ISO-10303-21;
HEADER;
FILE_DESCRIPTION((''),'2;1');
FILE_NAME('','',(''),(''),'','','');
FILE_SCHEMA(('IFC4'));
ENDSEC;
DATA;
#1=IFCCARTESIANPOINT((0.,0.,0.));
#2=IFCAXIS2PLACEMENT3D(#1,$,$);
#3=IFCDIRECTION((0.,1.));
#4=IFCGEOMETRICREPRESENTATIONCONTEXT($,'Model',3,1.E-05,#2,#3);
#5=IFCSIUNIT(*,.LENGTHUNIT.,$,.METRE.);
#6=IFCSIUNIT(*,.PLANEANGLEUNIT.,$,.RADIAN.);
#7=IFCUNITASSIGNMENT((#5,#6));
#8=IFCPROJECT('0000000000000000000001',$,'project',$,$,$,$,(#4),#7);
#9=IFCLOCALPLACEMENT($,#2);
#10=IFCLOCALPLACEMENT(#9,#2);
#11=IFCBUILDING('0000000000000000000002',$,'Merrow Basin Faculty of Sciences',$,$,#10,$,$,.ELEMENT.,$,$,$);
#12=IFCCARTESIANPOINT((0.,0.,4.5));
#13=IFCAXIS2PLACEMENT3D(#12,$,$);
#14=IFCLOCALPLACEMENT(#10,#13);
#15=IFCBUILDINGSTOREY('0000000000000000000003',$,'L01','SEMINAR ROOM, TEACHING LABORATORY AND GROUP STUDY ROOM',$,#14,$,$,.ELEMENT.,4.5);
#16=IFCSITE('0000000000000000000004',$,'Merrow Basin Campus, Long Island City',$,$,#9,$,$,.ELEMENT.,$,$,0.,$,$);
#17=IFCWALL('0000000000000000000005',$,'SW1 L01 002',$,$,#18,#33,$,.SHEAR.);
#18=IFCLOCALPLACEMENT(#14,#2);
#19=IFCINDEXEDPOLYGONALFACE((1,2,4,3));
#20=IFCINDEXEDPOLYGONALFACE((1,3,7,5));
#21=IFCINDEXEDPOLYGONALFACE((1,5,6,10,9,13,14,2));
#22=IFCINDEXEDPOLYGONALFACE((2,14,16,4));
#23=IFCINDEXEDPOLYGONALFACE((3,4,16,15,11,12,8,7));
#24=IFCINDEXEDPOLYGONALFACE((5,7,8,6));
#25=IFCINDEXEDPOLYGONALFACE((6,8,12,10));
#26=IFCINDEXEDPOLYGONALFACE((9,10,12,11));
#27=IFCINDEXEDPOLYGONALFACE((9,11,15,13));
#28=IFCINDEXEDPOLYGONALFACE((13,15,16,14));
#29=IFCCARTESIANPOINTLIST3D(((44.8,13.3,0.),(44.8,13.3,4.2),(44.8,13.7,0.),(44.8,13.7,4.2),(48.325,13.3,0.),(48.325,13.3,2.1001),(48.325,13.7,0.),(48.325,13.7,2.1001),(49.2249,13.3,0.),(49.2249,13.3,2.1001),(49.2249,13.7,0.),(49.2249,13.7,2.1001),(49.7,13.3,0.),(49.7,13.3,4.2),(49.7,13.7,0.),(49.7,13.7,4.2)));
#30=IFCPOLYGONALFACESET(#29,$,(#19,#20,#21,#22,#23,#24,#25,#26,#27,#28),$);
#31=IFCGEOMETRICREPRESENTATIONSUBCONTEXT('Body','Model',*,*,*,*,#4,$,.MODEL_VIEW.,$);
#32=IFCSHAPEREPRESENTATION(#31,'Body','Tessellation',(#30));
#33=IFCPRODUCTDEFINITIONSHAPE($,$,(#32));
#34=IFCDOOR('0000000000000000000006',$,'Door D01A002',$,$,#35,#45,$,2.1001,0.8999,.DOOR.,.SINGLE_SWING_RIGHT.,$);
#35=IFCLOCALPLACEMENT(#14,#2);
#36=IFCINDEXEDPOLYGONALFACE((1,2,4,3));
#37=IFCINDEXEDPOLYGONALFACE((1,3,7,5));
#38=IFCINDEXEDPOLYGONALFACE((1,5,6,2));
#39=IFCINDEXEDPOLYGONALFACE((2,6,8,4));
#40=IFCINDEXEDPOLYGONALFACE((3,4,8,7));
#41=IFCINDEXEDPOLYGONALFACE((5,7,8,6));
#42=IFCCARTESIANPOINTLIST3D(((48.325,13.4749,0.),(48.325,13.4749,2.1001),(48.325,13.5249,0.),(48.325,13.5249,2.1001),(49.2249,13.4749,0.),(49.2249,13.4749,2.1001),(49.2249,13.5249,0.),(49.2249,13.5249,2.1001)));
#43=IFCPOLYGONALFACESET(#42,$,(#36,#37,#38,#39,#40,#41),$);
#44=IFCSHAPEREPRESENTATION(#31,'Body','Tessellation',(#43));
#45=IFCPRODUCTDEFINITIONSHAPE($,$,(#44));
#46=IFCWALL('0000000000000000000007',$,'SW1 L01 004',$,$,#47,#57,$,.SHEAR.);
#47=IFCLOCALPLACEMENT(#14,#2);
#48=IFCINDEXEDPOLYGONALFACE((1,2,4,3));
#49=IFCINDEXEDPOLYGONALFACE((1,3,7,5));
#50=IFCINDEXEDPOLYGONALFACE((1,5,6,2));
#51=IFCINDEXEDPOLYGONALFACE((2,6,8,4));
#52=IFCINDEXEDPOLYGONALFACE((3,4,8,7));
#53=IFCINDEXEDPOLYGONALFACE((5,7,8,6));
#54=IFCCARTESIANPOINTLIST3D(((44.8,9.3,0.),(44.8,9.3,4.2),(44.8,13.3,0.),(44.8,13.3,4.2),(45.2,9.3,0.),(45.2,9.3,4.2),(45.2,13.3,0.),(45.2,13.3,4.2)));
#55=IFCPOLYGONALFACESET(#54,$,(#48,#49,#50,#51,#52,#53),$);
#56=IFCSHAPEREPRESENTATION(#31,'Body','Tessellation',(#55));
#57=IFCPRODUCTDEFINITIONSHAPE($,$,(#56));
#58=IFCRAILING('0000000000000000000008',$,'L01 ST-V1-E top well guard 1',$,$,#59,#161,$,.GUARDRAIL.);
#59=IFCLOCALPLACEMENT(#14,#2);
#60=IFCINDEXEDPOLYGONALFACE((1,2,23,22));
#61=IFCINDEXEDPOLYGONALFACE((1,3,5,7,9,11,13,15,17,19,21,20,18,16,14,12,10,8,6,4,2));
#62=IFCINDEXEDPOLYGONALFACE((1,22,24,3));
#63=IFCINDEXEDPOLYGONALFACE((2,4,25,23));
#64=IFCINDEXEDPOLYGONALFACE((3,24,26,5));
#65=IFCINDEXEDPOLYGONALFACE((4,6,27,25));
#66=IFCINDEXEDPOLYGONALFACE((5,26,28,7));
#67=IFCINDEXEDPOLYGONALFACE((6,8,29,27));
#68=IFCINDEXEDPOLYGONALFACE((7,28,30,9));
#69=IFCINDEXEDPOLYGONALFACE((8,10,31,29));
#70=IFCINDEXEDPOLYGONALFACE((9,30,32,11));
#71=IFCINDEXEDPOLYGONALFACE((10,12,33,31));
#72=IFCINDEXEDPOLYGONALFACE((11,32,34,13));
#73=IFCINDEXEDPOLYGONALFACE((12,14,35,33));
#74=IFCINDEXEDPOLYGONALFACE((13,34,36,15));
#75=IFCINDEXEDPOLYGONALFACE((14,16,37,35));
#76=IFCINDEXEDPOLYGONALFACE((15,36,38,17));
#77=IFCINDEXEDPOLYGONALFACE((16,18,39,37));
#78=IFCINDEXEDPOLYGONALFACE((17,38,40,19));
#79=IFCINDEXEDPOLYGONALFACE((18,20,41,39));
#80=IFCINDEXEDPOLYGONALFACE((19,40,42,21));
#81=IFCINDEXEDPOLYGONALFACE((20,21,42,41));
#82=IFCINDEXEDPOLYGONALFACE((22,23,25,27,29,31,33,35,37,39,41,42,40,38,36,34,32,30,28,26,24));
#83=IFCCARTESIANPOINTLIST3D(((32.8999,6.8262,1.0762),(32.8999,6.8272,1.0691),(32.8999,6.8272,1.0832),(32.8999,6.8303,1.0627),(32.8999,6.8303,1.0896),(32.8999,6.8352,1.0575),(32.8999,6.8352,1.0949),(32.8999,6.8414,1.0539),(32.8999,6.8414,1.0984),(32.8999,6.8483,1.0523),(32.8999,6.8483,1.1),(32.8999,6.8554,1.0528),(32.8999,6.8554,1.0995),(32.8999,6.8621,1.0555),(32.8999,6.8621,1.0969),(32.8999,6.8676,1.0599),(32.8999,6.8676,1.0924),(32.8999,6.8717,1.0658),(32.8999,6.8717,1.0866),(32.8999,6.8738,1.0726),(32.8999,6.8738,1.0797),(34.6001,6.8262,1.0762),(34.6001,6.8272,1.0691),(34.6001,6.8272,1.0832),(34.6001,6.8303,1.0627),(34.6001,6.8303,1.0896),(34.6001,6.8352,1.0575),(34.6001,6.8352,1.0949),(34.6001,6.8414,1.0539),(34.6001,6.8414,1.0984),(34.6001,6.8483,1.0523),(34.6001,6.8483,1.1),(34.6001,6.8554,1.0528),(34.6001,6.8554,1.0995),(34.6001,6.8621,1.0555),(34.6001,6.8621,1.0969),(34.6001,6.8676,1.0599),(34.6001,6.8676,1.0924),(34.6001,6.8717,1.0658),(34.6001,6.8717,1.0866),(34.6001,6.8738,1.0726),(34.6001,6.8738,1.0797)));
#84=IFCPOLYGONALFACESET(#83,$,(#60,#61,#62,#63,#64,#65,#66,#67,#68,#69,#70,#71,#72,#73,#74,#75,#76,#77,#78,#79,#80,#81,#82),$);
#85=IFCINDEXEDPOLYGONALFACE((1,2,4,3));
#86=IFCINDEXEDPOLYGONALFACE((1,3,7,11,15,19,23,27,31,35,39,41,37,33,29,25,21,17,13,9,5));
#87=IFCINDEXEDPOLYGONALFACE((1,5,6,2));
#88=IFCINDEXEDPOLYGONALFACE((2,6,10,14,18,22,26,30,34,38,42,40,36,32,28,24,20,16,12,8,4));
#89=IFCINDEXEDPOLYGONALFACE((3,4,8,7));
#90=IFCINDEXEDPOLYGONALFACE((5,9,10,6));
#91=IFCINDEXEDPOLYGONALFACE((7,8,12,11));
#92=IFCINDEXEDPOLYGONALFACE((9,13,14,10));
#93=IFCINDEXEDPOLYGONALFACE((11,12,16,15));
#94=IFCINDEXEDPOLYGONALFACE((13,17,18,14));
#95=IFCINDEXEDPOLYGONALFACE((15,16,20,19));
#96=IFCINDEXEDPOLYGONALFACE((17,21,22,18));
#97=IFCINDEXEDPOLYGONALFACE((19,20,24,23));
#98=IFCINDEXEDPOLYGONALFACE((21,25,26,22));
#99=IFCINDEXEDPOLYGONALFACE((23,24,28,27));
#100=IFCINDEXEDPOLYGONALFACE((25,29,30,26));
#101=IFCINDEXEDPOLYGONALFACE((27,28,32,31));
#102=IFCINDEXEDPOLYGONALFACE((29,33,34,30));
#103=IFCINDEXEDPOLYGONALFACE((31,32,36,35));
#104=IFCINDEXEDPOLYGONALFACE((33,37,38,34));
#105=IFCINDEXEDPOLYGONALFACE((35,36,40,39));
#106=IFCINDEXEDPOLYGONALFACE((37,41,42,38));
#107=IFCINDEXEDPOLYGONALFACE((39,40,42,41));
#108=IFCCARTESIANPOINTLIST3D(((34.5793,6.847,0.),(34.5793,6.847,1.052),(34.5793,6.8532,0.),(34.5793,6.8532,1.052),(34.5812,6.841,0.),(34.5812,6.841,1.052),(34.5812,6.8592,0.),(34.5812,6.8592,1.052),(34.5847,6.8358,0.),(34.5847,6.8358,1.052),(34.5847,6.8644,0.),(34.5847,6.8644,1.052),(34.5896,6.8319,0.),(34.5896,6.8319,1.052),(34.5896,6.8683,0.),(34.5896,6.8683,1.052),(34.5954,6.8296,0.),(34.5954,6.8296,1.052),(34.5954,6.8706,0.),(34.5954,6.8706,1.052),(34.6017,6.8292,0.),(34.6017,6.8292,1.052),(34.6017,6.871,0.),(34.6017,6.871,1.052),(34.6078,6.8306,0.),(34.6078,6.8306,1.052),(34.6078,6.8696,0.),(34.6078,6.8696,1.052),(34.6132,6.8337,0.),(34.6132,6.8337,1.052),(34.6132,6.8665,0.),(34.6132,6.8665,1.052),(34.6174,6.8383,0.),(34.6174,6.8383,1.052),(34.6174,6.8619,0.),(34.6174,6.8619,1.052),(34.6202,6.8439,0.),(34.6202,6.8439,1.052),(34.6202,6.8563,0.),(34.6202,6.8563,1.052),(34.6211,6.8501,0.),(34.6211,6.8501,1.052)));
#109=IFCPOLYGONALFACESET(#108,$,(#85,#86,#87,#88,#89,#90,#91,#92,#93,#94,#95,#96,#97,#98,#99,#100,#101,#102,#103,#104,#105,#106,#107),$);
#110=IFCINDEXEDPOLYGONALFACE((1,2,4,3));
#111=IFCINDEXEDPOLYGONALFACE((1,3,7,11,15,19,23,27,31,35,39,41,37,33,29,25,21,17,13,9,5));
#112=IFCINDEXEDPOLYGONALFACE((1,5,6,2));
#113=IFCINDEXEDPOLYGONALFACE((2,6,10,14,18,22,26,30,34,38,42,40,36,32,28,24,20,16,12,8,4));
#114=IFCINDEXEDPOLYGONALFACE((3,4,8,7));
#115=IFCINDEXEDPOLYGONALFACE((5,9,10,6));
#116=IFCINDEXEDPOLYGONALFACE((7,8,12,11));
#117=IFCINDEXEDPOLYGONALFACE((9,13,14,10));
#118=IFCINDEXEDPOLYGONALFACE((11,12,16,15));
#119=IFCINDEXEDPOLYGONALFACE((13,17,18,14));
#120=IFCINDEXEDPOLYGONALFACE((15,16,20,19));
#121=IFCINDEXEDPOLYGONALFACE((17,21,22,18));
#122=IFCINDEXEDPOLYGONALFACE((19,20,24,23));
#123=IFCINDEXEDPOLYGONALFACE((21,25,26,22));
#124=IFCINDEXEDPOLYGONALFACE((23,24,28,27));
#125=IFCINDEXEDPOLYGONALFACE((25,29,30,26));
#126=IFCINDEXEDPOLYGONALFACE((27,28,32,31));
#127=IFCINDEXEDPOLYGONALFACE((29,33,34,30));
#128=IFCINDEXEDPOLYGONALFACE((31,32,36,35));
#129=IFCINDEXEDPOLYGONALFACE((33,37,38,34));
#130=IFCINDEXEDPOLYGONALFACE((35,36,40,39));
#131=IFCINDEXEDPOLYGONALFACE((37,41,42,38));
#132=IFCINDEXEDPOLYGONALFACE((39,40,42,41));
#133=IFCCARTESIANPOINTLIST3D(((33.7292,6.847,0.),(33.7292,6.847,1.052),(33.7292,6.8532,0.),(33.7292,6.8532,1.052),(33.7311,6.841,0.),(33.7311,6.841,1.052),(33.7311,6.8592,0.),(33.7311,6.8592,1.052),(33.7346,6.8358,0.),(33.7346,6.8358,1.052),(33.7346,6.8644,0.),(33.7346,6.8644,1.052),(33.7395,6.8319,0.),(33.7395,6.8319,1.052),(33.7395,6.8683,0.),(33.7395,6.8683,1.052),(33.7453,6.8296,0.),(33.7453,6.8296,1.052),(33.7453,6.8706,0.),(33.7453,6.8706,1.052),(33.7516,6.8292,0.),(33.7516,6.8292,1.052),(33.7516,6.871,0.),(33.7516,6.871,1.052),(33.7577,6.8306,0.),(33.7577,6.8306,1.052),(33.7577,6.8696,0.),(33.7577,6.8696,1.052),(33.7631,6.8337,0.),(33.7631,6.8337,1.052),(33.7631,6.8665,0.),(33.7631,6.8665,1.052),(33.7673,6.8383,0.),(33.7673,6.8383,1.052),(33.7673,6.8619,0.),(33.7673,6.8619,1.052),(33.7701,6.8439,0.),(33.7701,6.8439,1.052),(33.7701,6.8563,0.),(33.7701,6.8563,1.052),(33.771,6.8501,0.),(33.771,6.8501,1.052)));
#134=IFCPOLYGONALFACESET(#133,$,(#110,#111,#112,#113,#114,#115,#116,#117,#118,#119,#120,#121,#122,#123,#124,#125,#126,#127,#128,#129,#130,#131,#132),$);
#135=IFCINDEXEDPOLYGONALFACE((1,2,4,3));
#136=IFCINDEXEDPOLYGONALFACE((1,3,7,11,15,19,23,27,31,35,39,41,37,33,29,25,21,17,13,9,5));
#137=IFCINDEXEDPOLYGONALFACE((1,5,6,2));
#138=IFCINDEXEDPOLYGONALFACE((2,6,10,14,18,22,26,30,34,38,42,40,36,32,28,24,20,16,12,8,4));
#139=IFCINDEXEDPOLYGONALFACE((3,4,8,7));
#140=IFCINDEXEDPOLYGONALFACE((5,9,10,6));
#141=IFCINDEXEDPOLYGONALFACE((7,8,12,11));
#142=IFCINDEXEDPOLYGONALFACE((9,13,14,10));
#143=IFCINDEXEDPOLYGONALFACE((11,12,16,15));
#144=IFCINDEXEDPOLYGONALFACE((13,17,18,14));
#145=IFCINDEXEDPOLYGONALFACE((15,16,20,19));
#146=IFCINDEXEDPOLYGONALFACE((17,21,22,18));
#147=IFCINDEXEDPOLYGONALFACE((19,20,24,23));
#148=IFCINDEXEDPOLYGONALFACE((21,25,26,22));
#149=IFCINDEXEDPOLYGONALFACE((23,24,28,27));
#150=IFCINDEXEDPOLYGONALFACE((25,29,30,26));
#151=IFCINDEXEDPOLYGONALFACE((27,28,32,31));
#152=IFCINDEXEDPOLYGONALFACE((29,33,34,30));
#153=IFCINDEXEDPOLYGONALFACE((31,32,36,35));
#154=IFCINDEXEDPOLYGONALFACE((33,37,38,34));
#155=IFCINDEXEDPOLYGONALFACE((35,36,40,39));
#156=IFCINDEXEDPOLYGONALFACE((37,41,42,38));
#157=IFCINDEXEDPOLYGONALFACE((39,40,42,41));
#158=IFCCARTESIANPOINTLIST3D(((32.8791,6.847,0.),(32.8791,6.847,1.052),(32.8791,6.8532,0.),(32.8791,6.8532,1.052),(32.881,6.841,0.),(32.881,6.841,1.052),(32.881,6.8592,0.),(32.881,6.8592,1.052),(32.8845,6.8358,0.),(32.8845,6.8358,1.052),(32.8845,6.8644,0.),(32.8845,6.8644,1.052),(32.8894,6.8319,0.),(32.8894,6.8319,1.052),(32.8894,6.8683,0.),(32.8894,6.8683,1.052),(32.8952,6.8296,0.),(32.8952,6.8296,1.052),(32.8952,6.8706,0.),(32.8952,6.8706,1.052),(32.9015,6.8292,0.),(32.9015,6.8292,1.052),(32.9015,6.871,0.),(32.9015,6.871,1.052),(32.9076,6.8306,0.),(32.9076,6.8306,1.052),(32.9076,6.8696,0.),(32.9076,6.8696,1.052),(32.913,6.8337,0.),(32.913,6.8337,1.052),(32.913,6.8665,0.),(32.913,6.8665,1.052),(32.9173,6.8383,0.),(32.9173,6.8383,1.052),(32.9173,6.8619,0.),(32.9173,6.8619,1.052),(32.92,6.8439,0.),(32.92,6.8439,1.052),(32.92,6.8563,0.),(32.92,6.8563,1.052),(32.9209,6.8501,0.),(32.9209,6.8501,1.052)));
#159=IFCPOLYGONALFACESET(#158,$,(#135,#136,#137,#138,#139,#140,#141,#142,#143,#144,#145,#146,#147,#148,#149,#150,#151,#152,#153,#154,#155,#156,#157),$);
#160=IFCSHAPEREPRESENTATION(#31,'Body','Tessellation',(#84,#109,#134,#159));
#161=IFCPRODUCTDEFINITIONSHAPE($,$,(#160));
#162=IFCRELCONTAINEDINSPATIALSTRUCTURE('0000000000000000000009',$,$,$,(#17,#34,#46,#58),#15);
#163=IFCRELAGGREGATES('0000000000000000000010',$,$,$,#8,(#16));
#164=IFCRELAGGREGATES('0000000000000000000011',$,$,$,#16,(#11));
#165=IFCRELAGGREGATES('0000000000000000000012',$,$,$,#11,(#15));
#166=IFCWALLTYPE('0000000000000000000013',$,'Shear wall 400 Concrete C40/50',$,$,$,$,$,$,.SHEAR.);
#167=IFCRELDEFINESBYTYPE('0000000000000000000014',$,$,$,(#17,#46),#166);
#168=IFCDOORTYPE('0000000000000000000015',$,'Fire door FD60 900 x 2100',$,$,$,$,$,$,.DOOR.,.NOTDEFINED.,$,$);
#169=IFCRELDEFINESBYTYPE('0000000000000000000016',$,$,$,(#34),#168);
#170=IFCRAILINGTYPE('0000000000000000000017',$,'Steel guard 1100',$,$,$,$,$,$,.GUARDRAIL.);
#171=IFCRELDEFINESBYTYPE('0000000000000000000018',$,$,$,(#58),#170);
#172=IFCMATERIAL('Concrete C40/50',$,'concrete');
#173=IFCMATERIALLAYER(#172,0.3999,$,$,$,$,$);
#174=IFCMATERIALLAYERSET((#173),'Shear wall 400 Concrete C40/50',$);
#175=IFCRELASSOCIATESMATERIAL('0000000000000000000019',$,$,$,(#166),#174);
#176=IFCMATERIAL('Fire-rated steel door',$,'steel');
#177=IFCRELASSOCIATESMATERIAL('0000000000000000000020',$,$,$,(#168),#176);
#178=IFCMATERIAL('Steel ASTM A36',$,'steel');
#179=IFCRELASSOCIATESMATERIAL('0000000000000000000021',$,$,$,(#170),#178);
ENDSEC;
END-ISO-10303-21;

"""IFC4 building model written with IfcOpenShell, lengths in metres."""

from ifc_helpers import new_model, si_unit, direction, frame, frame_2d, origin, origin_2d, place, context, subcontext, project, spatial, rectangle, circle, extrude, material, layer, layer_set, type_object, element, fill, save


model = new_model("IFC4")

# Units and contexts
model_context = context("Model", 3, precision=1e-05, world=origin(), true_north=direction((0.0, 1.0)))
body_context = subcontext(model_context, "Body", "Model", "MODEL_VIEW")
ifc_project = project(units=[si_unit("LENGTHUNIT", "METRE"), si_unit("PLANEANGLEUNIT", "RADIAN")], contexts=[model_context])

# Site, building, storey
site_placement = place(None, origin())
site = spatial("IfcSite", under=ifc_project, at=site_placement, Name="Merrow Basin Campus, Long Island City", CompositionType="ELEMENT", RefElevation=0.0)
building_placement = place(site_placement, origin())
building = spatial("IfcBuilding", under=site, at=building_placement, Name="Merrow Basin Faculty of Sciences", CompositionType="ELEMENT")
storey_placement = place(building_placement, frame((0.0, 0.0, 4.5)))
storey = spatial("IfcBuildingStorey", under=building, at=storey_placement, Name="L01", Description="SEMINAR ROOM, TEACHING LABORATORY AND GROUP STUDY ROOM", CompositionType="ELEMENT", Elevation=4.5)

# Shared definitions
ifc_material_1 = material(Name="Concrete C40/50", Category="concrete")
ifc_layer_1 = layer(ifc_material_1, 0.3999)
ifc_layer_set_1 = layer_set([ifc_layer_1], Name="Shear wall 400 Concrete C40/50")
wall_type_1 = type_object("IfcWallType", Name="Shear wall 400 Concrete C40/50", PredefinedType="SHEAR", material=ifc_layer_set_1)

# Wall, opening, door
wall_1_placement = place(storey_placement, frame((44.8, 13.5, 0.0), z_axis=(0.0, 0.0, 1.0), x_axis=(1.0, 0.0, 0.0)))
wall_1 = element("IfcWall", 1, at=wall_1_placement, inside=storey, type_object=wall_type_1, Name="SW1 L01 002", PredefinedType="SHEAR", context=body_context, shape_type="SweptSolid", body=[
    extrude(rectangle(XDim=4.8999, YDim=0.3999, at=frame_2d((2.45, 0.0))), origin(), (0.0, 0.0, 1.0), 4.2),
])
opening_1_placement = place(wall_1_placement, frame((3.5249, 0.0, 0.0)))
opening_1 = element("IfcOpeningElement", 2, at=opening_1_placement, cuts=wall_1, PredefinedType="OPENING", context=body_context, shape_type="SweptSolid", body=[
    extrude(rectangle(XDim=0.8999, YDim=2.1001, at=frame_2d((0.45, 1.05))), frame((0.0, 0.21, 0.0), z_axis=(0.0, -1.0, 0.0), x_axis=(1.0, 0.0, 0.0)), (0.0, 0.0, 1.0), 0.4199),
])
ifc_material_2 = material(Name="Fire-rated steel door", Category="steel")
door_type_1 = type_object("IfcDoorType", Name="Fire door FD60 900 x 2100", OperationType="NOTDEFINED", PredefinedType="DOOR", material=ifc_material_2)
door_1_placement = place(opening_1_placement, origin())
door_1 = element("IfcDoor", 3, at=door_1_placement, inside=storey, type_object=door_type_1, Name="Door D01A002", OperationType="SINGLE_SWING_RIGHT", OverallHeight=2.1001, OverallWidth=0.8999, PredefinedType="DOOR", context=body_context, shape_type="SweptSolid", body=[
    extrude(rectangle(XDim=0.8999, YDim=2.1001, at=frame_2d((0.45, 1.05))), frame((0.0, 0.0249, 0.0), z_axis=(0.0, -1.0, 0.0), x_axis=(1.0, 0.0, 0.0)), (0.0, 0.0, 1.0), 0.05),
])
fill(opening_1, door_1)

# Wall
wall_2_placement = place(storey_placement, frame((45.0, 9.3, 0.0), z_axis=(0.0, 0.0, 1.0), x_axis=(0.0, 1.0, 0.0)))
element("IfcWall", 4, at=wall_2_placement, inside=storey, type_object=wall_type_1, Name="SW1 L01 004", PredefinedType="SHEAR", context=body_context, shape_type="SweptSolid", body=[
    extrude(rectangle(XDim=4.0, YDim=0.3999, at=frame_2d((2.0, 0.0))), origin(), (0.0, 0.0, 1.0), 4.2),
])

# Railing
ifc_material_3 = material(Name="Steel ASTM A36", Category="steel")
railing_type = type_object("IfcRailingType", Name="Steel guard 1100", PredefinedType="GUARDRAIL", material=ifc_material_3)
railing_placement = place(storey_placement, frame((34.6001, 6.8501, 0.0)))
element("IfcRailing", 5, at=railing_placement, inside=storey, type_object=railing_type, Name="L01 ST-V1-E top well guard 1", PredefinedType="GUARDRAIL", context=body_context, shape_type="SweptSolid", body=[
    extrude(circle(Radius=0.0239, at=origin_2d()), frame((0.0, 0.0, 1.0762), z_axis=(-1.0, 0.0, 0.0), x_axis=(0.0, -1.0, 0.0)), (0.0, 0.0, 1.0), 1.7002),
    extrude(circle(Radius=0.021, at=origin_2d()), origin(), (0.0, 0.0, 1.0), 1.052),
    extrude(circle(Radius=0.021, at=origin_2d()), frame((-0.8501, 0.0, 0.0)), (0.0, 0.0, 1.0), 1.052),
    extrude(circle(Radius=0.021, at=origin_2d()), frame((-1.7002, 0.0, 0.0)), (0.0, 0.0, 1.0), 1.052),
])

save(model, "model.ifc")
